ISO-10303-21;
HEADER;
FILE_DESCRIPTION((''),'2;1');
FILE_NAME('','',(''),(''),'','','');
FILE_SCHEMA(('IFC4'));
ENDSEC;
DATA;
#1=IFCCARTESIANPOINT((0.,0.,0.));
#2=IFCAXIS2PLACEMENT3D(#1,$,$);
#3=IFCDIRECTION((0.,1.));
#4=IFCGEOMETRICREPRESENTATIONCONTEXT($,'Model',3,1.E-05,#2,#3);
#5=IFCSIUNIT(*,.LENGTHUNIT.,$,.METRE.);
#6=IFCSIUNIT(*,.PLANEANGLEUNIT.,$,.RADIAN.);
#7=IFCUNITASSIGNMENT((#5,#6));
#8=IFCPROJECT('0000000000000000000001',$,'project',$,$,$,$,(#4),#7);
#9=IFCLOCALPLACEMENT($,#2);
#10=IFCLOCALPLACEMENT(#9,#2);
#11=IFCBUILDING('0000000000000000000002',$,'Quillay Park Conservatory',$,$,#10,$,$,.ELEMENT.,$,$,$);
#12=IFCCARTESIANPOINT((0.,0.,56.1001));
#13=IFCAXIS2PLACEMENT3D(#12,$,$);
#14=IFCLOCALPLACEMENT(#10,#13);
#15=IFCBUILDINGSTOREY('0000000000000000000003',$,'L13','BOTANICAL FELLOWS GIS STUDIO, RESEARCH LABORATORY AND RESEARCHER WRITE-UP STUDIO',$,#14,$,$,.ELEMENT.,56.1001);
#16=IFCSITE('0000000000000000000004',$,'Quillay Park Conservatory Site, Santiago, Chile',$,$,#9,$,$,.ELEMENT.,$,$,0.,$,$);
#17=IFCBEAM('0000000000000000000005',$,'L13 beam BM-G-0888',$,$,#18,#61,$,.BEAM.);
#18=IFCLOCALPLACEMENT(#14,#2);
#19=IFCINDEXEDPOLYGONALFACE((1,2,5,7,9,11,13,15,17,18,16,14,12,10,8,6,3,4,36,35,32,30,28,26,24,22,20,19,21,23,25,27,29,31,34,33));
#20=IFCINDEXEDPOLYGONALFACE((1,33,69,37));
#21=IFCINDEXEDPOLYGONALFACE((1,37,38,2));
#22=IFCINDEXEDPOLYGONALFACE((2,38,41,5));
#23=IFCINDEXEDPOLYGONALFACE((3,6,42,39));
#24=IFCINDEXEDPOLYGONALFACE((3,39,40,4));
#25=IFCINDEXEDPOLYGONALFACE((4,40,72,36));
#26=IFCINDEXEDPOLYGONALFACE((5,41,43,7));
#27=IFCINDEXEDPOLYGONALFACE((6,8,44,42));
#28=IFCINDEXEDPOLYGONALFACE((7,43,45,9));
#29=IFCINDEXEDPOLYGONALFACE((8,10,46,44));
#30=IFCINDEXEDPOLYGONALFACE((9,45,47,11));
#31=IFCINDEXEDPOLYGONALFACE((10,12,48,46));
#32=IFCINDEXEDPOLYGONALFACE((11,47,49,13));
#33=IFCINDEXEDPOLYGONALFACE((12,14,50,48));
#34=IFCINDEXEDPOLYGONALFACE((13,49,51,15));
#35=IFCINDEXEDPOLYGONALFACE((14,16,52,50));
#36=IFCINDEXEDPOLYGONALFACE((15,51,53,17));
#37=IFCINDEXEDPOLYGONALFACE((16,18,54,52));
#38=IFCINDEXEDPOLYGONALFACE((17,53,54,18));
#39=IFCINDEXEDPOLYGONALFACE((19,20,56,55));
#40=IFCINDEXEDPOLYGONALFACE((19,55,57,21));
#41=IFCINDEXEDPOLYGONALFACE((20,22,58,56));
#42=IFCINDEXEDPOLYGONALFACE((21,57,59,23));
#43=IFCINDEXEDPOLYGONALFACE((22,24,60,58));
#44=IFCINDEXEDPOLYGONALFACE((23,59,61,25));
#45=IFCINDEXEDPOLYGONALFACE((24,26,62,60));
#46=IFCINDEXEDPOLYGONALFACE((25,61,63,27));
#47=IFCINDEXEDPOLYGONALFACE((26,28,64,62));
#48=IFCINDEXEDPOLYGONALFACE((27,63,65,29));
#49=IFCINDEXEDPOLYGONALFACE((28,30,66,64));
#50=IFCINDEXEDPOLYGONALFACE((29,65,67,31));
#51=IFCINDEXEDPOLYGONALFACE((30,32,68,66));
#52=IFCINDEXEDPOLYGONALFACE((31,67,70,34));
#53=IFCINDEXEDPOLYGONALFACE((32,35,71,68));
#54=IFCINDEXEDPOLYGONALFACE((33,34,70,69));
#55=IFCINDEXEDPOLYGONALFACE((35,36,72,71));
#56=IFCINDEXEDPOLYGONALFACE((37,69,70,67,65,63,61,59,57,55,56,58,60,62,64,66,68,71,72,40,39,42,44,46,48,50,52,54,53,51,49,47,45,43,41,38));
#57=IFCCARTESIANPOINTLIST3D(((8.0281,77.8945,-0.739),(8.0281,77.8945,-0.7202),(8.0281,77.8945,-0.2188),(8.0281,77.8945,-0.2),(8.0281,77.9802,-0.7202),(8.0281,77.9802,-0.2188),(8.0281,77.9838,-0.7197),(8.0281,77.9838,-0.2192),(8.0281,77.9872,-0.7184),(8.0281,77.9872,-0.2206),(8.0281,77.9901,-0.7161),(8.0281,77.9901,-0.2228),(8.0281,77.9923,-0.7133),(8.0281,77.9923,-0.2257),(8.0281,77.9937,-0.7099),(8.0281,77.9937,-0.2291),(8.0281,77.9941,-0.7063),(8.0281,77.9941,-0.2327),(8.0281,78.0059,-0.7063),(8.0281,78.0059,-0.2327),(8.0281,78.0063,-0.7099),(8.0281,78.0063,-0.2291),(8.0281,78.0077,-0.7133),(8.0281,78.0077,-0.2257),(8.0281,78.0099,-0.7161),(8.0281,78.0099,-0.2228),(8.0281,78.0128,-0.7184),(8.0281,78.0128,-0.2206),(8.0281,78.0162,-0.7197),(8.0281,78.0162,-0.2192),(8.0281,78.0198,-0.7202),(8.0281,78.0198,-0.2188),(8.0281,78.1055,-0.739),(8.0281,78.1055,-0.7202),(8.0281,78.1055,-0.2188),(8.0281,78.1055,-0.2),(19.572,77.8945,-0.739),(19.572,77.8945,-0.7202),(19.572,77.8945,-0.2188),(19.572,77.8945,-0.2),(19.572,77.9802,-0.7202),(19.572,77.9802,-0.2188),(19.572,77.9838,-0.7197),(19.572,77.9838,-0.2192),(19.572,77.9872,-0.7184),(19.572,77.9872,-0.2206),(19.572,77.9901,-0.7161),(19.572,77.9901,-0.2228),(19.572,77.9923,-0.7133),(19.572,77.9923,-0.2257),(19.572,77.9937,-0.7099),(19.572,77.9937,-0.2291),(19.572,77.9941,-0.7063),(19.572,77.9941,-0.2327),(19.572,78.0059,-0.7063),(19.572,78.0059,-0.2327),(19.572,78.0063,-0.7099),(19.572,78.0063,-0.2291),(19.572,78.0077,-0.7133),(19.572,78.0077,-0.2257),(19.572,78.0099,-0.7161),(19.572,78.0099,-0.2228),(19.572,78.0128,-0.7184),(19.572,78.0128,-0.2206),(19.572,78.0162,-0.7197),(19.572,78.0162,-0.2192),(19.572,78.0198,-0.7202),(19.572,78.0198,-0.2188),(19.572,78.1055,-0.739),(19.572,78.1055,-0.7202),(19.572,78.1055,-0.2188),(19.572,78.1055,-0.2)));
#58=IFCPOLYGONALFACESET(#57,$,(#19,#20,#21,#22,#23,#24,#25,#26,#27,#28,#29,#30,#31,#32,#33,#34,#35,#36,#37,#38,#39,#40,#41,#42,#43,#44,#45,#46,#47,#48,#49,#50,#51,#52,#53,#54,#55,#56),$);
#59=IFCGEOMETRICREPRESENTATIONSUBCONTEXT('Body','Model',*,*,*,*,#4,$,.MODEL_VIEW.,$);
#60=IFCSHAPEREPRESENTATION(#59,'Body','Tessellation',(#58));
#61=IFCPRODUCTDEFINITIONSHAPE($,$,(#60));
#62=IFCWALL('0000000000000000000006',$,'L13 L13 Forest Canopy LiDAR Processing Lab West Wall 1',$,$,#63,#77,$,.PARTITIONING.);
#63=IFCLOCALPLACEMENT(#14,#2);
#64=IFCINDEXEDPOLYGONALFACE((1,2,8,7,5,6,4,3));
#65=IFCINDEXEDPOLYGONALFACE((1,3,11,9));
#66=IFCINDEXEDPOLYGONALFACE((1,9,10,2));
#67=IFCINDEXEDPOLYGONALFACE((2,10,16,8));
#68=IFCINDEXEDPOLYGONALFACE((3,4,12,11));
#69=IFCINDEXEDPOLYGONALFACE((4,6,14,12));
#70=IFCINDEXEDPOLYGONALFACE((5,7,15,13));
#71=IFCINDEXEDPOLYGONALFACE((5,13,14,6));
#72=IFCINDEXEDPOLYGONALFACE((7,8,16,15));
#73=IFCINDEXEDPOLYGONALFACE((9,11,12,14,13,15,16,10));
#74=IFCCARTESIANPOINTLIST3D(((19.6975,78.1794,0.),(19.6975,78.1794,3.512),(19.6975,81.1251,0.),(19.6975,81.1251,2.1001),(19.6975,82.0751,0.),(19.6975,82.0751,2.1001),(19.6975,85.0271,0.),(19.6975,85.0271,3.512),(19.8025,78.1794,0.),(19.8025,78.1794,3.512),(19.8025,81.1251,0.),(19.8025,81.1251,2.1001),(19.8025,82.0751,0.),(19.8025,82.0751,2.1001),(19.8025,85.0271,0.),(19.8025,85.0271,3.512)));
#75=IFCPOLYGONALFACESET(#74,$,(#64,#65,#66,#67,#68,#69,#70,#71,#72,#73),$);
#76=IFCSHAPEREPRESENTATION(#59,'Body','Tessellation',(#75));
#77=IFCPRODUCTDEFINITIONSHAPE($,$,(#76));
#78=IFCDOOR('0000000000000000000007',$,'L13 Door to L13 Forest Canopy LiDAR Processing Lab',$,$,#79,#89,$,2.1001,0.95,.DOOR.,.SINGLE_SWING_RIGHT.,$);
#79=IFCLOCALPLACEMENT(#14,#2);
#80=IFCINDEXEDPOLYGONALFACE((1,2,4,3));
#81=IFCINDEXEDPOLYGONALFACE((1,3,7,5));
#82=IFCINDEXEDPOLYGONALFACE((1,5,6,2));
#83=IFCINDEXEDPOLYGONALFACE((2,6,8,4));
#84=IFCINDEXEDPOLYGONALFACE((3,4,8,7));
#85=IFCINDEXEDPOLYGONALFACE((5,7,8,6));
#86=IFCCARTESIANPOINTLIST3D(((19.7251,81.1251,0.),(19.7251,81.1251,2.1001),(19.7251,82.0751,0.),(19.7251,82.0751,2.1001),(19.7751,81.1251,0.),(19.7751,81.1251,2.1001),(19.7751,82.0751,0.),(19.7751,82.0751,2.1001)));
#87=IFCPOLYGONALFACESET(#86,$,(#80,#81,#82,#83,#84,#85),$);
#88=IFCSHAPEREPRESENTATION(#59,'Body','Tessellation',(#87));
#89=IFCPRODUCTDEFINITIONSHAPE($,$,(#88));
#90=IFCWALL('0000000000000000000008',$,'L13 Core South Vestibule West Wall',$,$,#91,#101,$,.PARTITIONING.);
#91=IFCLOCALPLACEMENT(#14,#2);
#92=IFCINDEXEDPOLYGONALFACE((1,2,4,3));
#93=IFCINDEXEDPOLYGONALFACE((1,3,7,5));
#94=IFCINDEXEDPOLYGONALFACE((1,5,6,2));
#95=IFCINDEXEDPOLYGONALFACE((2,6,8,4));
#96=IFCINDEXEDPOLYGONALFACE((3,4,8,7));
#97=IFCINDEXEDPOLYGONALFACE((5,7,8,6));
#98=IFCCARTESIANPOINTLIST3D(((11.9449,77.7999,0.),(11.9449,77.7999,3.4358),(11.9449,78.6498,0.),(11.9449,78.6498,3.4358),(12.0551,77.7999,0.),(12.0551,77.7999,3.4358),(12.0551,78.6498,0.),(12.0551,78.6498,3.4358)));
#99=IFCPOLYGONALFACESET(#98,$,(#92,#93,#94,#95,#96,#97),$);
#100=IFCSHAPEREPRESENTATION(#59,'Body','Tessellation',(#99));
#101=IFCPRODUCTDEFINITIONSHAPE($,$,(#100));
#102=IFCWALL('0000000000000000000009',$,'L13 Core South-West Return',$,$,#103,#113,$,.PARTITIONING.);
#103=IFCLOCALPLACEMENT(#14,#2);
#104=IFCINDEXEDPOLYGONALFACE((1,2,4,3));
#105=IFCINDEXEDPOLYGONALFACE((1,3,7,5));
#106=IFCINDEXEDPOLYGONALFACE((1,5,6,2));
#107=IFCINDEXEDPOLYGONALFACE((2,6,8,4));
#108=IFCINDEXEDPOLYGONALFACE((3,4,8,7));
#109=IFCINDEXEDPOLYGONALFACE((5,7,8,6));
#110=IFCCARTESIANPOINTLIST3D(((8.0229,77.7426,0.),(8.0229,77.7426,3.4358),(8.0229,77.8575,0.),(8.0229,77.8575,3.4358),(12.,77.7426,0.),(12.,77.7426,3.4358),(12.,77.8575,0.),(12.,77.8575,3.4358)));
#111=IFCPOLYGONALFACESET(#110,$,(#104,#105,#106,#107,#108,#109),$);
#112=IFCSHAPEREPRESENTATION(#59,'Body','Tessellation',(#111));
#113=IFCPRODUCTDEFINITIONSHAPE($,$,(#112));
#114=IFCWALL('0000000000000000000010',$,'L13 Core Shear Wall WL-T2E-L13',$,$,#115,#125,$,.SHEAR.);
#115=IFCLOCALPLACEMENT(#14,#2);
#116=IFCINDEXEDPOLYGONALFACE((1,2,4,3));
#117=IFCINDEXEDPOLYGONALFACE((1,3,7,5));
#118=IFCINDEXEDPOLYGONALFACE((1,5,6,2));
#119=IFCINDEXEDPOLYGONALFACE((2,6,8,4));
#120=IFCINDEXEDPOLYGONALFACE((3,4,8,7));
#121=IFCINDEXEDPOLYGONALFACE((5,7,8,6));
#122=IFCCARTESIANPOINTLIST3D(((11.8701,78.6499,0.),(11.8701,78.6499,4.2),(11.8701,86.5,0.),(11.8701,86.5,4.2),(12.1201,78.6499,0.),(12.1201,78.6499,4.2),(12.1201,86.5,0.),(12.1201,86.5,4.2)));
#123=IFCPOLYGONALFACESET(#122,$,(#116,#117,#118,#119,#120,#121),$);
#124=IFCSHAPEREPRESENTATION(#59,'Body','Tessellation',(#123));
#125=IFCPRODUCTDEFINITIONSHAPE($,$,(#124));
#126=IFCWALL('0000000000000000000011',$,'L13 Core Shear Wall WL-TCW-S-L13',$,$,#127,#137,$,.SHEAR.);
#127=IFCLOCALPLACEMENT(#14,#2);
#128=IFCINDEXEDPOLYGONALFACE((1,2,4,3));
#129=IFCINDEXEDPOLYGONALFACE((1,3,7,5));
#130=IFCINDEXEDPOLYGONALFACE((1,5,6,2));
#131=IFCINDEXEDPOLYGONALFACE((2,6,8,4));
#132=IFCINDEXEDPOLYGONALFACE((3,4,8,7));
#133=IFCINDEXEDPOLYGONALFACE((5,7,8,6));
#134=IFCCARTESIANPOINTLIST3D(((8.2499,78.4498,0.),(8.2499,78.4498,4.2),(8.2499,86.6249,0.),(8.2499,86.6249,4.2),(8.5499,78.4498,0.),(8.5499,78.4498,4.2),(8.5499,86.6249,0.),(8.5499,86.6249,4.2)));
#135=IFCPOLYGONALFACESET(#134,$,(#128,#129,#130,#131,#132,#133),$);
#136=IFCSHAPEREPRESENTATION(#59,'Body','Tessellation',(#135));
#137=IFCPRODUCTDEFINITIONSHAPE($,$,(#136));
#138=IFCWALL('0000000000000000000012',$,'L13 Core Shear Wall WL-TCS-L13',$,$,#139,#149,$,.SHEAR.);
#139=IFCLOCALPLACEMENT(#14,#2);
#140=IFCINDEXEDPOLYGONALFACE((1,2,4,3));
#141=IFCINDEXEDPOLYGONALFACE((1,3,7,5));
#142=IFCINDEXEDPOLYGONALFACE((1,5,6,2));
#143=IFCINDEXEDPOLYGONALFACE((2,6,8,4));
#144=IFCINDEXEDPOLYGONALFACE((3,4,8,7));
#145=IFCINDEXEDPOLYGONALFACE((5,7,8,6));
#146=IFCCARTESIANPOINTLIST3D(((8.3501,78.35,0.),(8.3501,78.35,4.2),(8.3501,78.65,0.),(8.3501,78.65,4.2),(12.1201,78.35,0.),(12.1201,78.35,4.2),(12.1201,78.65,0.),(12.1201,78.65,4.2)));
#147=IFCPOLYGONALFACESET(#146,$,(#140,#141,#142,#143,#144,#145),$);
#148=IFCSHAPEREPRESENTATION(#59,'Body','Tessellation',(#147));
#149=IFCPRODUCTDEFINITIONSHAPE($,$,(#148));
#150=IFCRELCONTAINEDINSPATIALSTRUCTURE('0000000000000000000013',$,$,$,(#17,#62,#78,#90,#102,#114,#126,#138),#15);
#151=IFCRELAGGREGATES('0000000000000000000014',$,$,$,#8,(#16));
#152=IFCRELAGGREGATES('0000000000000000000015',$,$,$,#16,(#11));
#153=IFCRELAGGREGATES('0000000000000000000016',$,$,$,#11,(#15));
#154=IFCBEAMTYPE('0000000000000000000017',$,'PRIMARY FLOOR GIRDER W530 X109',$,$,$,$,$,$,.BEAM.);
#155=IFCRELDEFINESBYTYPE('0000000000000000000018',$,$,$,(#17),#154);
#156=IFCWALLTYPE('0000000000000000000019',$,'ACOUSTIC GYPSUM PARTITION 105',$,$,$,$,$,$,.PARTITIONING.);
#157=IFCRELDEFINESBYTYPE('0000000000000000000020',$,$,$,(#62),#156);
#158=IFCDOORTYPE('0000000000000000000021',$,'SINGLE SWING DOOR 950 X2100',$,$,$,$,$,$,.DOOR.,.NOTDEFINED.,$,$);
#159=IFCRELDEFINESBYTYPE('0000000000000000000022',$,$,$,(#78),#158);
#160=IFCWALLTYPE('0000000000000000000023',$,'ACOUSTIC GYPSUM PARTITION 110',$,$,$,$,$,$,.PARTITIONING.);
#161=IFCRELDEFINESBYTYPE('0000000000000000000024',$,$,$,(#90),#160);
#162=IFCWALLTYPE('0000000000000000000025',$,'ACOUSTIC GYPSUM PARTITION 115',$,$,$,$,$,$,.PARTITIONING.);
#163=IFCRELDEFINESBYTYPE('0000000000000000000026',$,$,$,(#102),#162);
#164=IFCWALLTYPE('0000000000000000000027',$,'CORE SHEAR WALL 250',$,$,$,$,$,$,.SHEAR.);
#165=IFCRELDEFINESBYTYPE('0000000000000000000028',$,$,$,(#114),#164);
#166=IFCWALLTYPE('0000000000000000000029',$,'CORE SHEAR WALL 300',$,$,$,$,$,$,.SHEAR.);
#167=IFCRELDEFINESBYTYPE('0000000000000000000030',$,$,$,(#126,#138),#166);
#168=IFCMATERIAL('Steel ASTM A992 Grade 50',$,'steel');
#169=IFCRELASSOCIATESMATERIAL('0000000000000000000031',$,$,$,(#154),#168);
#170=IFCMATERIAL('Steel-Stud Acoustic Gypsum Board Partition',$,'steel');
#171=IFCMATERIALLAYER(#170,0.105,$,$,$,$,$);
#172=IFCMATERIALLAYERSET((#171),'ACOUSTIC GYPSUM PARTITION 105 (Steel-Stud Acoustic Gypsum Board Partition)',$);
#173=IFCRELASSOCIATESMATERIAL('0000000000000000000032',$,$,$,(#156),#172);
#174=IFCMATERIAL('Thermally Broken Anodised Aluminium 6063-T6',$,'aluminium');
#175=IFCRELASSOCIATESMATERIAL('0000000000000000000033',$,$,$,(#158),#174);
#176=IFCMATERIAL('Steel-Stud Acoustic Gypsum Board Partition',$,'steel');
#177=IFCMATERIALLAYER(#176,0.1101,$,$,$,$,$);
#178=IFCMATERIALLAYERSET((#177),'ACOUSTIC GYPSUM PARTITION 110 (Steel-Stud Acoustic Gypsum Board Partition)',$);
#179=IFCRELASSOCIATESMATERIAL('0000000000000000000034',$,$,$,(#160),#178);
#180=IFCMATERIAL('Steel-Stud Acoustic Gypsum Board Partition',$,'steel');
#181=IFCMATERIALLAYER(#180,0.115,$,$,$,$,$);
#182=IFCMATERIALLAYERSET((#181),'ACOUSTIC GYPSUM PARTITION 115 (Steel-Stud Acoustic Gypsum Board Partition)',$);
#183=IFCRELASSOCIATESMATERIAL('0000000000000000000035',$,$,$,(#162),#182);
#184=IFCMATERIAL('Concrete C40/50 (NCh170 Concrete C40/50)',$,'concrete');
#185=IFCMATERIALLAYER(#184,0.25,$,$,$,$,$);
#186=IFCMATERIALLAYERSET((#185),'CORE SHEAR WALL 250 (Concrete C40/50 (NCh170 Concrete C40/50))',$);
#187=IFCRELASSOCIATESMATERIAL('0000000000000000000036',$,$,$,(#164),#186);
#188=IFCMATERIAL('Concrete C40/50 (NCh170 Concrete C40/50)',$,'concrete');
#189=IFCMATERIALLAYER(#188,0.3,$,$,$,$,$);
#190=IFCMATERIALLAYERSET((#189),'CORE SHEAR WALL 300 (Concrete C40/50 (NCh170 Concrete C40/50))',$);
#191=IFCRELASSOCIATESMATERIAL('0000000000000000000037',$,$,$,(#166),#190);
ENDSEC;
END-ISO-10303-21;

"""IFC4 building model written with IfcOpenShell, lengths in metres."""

from ifc_helpers import new_model, si_unit, direction, frame, frame_2d, origin, origin_2d, place, context, subcontext, project, spatial, rectangle, i_section, extrude, material, layer, layer_set, material_profile, profile_set, type_object, element, fill, save


model = new_model("IFC4")

# Units and contexts
model_context = context("Model", 3, precision=1e-05, world=origin(), true_north=direction((0.0, 1.0)))
body_context = subcontext(model_context, "Body", "Model", "MODEL_VIEW")
ifc_project = project(units=[si_unit("LENGTHUNIT", "METRE"), si_unit("PLANEANGLEUNIT", "RADIAN")], contexts=[model_context])

# Site, building, storey
site_placement = place(None, origin())
site = spatial("IfcSite", under=ifc_project, at=site_placement, Name="Quillay Park Conservatory Site, Santiago, Chile", CompositionType="ELEMENT", RefElevation=0.0)
building_placement = place(site_placement, origin())
building = spatial("IfcBuilding", under=site, at=building_placement, Name="Quillay Park Conservatory", CompositionType="ELEMENT")
storey_placement = place(building_placement, frame((0.0, 0.0, 56.1001)))
storey = spatial("IfcBuildingStorey", under=building, at=storey_placement, Name="L13", Description="BOTANICAL FELLOWS GIS STUDIO, RESEARCH LABORATORY AND RESEARCHER WRITE-UP STUDIO", CompositionType="ELEMENT", Elevation=56.1001)

# Beam
ifc_material_1 = material(Name="Steel ASTM A992 Grade 50", Category="steel")
ifc_material_profile_1 = material_profile(ifc_material_1, i_section(OverallWidth=0.2109, OverallDepth=0.5391, WebThickness=0.0117, FlangeThickness=0.0188, FilletRadius=0.0139, at=origin_2d()), Name="W530x109")
ifc_profile_set_1 = profile_set([ifc_material_profile_1], Name="Steel ASTM A992 Grade 50")
beam_type_1 = type_object("IfcBeamType", Name="PRIMARY FLOOR GIRDER W530 X109", PredefinedType="BEAM", material=ifc_profile_set_1)
beam_1_placement = place(storey_placement, frame((8.0281, 78.0, -0.4695), z_axis=(1.0, 0.0, 0.0), x_axis=(0.0, 1.0, 0.0)))
element("IfcBeam", 1, at=beam_1_placement, inside=storey, type_object=beam_type_1, Name="L13 beam BM-G-0888", PredefinedType="BEAM", context=body_context, shape_type="SweptSolid", body=[
    extrude(i_section(OverallWidth=0.2109, OverallDepth=0.5391, WebThickness=0.0117, FlangeThickness=0.0188, FilletRadius=0.0139, at=origin_2d()), origin(), (0.0, 0.0, 1.0), 11.5439),
])

# Wall, opening, door
ifc_material_2 = material(Name="Steel-Stud Acoustic Gypsum Board Partition", Category="steel")
ifc_layer_1 = layer(ifc_material_2, 0.105)
ifc_layer_set_1 = layer_set([ifc_layer_1], Name="ACOUSTIC GYPSUM PARTITION 105 (Steel-Stud Acoustic Gypsum Board Partition)")
wall_type_1 = type_object("IfcWallType", Name="ACOUSTIC GYPSUM PARTITION 105", PredefinedType="PARTITIONING", material=ifc_layer_set_1)
wall_1_placement = place(storey_placement, frame((19.75, 78.1794, 0.0), z_axis=(0.0, 0.0, 1.0), x_axis=(0.0, 1.0, 0.0)))
wall_1 = element("IfcWall", 2, at=wall_1_placement, inside=storey, type_object=wall_type_1, Name="L13 L13 Forest Canopy LiDAR Processing Lab West Wall 1", PredefinedType="PARTITIONING", context=body_context, shape_type="SweptSolid", body=[
    extrude(rectangle(XDim=6.8477, YDim=0.105, at=frame_2d((3.4238, 0.0))), origin(), (0.0, 0.0, 1.0), 3.512),
])
opening_1_placement = place(wall_1_placement, frame((2.9456, 0.0, 0.0)))
opening_1 = element("IfcOpeningElement", 3, at=opening_1_placement, cuts=wall_1, PredefinedType="OPENING", context=body_context, shape_type="SweptSolid", body=[
    extrude(rectangle(XDim=0.95, YDim=2.1001, at=frame_2d((0.4751, 1.05))), frame((0.0, 0.0525, 0.0), z_axis=(0.0, -1.0, 0.0), x_axis=(1.0, 0.0, 0.0)), (0.0, 0.0, 1.0), 0.105),
])
ifc_material_3 = material(Name="Thermally Broken Anodised Aluminium 6063-T6", Category="aluminium")
door_type = type_object("IfcDoorType", Name="SINGLE SWING DOOR 950 X2100", OperationType="NOTDEFINED", PredefinedType="DOOR", material=ifc_material_3)
door_placement = place(opening_1_placement, origin())
door = element("IfcDoor", 4, at=door_placement, inside=storey, type_object=door_type, Name="L13 Door to L13 Forest Canopy LiDAR Processing Lab", OperationType="SINGLE_SWING_RIGHT", OverallHeight=2.1001, OverallWidth=0.95, PredefinedType="DOOR", context=body_context, shape_type="SweptSolid", body=[
    extrude(rectangle(XDim=0.95, YDim=2.1001, at=frame_2d((0.4751, 1.05))), frame((0.0, 0.0249, 0.0), z_axis=(0.0, -1.0, 0.0), x_axis=(1.0, 0.0, 0.0)), (0.0, 0.0, 1.0), 0.05),
])
fill(opening_1, door)

# Walls
ifc_material_4 = material(Name="Steel-Stud Acoustic Gypsum Board Partition", Category="steel")
ifc_layer_2 = layer(ifc_material_4, 0.1101)
ifc_layer_set_2 = layer_set([ifc_layer_2], Name="ACOUSTIC GYPSUM PARTITION 110 (Steel-Stud Acoustic Gypsum Board Partition)")
wall_type_2 = type_object("IfcWallType", Name="ACOUSTIC GYPSUM PARTITION 110", PredefinedType="PARTITIONING", material=ifc_layer_set_2)
wall_2_placement = place(storey_placement, frame((12.0, 77.8, 0.0), z_axis=(0.0, 0.0, 1.0), x_axis=(0.0, 1.0, 0.0)))
element("IfcWall", 5, at=wall_2_placement, inside=storey, type_object=wall_type_2, Name="L13 Core South Vestibule West Wall", PredefinedType="PARTITIONING", context=body_context, shape_type="SweptSolid", body=[
    extrude(rectangle(XDim=0.8499, YDim=0.1101, at=frame_2d((0.4248, 0.0))), origin(), (0.0, 0.0, 1.0), 3.4358),
])
ifc_material_5 = material(Name="Steel-Stud Acoustic Gypsum Board Partition", Category="steel")
ifc_layer_3 = layer(ifc_material_5, 0.115)
ifc_layer_set_3 = layer_set([ifc_layer_3], Name="ACOUSTIC GYPSUM PARTITION 115 (Steel-Stud Acoustic Gypsum Board Partition)")
wall_type_3 = type_object("IfcWallType", Name="ACOUSTIC GYPSUM PARTITION 115", PredefinedType="PARTITIONING", material=ifc_layer_set_3)
wall_3_placement = place(storey_placement, frame((8.0229, 77.8, 0.0), z_axis=(0.0, 0.0, 1.0), x_axis=(1.0, 0.0, 0.0)))
element("IfcWall", 6, at=wall_3_placement, inside=storey, type_object=wall_type_3, Name="L13 Core South-West Return", PredefinedType="PARTITIONING", context=body_context, shape_type="SweptSolid", body=[
    extrude(rectangle(XDim=3.9771, YDim=0.115, at=frame_2d((1.9885, 0.0))), origin(), (0.0, 0.0, 1.0), 3.4358),
])
ifc_material_6 = material(Name="Concrete C40/50 (NCh170 Concrete C40/50)", Category="concrete")
ifc_layer_4 = layer(ifc_material_6, 0.25)
ifc_layer_set_4 = layer_set([ifc_layer_4], Name="CORE SHEAR WALL 250 (Concrete C40/50 (NCh170 Concrete C40/50))")
wall_type_4 = type_object("IfcWallType", Name="CORE SHEAR WALL 250", PredefinedType="SHEAR", material=ifc_layer_set_4)
wall_4_placement = place(storey_placement, frame((11.9951, 78.6499, 0.0), z_axis=(0.0, 0.0, 1.0), x_axis=(0.0, 1.0, 0.0)))
element("IfcWall", 7, at=wall_4_placement, inside=storey, type_object=wall_type_4, Name="L13 Core Shear Wall WL-T2E-L13", PredefinedType="SHEAR", context=body_context, shape_type="SweptSolid", body=[
    extrude(rectangle(XDim=7.8501, YDim=0.25, at=frame_2d((3.925, 0.0))), origin(), (0.0, 0.0, 1.0), 4.2),
])
ifc_material_7 = material(Name="Concrete C40/50 (NCh170 Concrete C40/50)", Category="concrete")
ifc_layer_5 = layer(ifc_material_7, 0.3)
ifc_layer_set_5 = layer_set([ifc_layer_5], Name="CORE SHEAR WALL 300 (Concrete C40/50 (NCh170 Concrete C40/50))")
wall_type_5 = type_object("IfcWallType", Name="CORE SHEAR WALL 300", PredefinedType="SHEAR", material=ifc_layer_set_5)
wall_5_placement = place(storey_placement, frame((8.3999, 78.45, 0.0), z_axis=(0.0, 0.0, 1.0), x_axis=(0.0, 1.0, 0.0)))
element("IfcWall", 8, at=wall_5_placement, inside=storey, type_object=wall_type_5, Name="L13 Core Shear Wall WL-TCW-S-L13", PredefinedType="SHEAR", context=body_context, shape_type="SweptSolid", body=[
    extrude(rectangle(XDim=8.175, YDim=0.3, at=frame_2d((4.0874, 0.0))), origin(), (0.0, 0.0, 1.0), 4.2),
])
wall_6_placement = place(storey_placement, frame((8.3501, 78.5, 0.0), z_axis=(0.0, 0.0, 1.0), x_axis=(1.0, 0.0, 0.0)))
element("IfcWall", 9, at=wall_6_placement, inside=storey, type_object=wall_type_5, Name="L13 Core Shear Wall WL-TCS-L13", PredefinedType="SHEAR", context=body_context, shape_type="SweptSolid", body=[
    extrude(rectangle(XDim=3.77, YDim=0.3, at=frame_2d((1.885, 0.0))), origin(), (0.0, 0.0, 1.0), 4.2),
])

save(model, "model.ifc")
